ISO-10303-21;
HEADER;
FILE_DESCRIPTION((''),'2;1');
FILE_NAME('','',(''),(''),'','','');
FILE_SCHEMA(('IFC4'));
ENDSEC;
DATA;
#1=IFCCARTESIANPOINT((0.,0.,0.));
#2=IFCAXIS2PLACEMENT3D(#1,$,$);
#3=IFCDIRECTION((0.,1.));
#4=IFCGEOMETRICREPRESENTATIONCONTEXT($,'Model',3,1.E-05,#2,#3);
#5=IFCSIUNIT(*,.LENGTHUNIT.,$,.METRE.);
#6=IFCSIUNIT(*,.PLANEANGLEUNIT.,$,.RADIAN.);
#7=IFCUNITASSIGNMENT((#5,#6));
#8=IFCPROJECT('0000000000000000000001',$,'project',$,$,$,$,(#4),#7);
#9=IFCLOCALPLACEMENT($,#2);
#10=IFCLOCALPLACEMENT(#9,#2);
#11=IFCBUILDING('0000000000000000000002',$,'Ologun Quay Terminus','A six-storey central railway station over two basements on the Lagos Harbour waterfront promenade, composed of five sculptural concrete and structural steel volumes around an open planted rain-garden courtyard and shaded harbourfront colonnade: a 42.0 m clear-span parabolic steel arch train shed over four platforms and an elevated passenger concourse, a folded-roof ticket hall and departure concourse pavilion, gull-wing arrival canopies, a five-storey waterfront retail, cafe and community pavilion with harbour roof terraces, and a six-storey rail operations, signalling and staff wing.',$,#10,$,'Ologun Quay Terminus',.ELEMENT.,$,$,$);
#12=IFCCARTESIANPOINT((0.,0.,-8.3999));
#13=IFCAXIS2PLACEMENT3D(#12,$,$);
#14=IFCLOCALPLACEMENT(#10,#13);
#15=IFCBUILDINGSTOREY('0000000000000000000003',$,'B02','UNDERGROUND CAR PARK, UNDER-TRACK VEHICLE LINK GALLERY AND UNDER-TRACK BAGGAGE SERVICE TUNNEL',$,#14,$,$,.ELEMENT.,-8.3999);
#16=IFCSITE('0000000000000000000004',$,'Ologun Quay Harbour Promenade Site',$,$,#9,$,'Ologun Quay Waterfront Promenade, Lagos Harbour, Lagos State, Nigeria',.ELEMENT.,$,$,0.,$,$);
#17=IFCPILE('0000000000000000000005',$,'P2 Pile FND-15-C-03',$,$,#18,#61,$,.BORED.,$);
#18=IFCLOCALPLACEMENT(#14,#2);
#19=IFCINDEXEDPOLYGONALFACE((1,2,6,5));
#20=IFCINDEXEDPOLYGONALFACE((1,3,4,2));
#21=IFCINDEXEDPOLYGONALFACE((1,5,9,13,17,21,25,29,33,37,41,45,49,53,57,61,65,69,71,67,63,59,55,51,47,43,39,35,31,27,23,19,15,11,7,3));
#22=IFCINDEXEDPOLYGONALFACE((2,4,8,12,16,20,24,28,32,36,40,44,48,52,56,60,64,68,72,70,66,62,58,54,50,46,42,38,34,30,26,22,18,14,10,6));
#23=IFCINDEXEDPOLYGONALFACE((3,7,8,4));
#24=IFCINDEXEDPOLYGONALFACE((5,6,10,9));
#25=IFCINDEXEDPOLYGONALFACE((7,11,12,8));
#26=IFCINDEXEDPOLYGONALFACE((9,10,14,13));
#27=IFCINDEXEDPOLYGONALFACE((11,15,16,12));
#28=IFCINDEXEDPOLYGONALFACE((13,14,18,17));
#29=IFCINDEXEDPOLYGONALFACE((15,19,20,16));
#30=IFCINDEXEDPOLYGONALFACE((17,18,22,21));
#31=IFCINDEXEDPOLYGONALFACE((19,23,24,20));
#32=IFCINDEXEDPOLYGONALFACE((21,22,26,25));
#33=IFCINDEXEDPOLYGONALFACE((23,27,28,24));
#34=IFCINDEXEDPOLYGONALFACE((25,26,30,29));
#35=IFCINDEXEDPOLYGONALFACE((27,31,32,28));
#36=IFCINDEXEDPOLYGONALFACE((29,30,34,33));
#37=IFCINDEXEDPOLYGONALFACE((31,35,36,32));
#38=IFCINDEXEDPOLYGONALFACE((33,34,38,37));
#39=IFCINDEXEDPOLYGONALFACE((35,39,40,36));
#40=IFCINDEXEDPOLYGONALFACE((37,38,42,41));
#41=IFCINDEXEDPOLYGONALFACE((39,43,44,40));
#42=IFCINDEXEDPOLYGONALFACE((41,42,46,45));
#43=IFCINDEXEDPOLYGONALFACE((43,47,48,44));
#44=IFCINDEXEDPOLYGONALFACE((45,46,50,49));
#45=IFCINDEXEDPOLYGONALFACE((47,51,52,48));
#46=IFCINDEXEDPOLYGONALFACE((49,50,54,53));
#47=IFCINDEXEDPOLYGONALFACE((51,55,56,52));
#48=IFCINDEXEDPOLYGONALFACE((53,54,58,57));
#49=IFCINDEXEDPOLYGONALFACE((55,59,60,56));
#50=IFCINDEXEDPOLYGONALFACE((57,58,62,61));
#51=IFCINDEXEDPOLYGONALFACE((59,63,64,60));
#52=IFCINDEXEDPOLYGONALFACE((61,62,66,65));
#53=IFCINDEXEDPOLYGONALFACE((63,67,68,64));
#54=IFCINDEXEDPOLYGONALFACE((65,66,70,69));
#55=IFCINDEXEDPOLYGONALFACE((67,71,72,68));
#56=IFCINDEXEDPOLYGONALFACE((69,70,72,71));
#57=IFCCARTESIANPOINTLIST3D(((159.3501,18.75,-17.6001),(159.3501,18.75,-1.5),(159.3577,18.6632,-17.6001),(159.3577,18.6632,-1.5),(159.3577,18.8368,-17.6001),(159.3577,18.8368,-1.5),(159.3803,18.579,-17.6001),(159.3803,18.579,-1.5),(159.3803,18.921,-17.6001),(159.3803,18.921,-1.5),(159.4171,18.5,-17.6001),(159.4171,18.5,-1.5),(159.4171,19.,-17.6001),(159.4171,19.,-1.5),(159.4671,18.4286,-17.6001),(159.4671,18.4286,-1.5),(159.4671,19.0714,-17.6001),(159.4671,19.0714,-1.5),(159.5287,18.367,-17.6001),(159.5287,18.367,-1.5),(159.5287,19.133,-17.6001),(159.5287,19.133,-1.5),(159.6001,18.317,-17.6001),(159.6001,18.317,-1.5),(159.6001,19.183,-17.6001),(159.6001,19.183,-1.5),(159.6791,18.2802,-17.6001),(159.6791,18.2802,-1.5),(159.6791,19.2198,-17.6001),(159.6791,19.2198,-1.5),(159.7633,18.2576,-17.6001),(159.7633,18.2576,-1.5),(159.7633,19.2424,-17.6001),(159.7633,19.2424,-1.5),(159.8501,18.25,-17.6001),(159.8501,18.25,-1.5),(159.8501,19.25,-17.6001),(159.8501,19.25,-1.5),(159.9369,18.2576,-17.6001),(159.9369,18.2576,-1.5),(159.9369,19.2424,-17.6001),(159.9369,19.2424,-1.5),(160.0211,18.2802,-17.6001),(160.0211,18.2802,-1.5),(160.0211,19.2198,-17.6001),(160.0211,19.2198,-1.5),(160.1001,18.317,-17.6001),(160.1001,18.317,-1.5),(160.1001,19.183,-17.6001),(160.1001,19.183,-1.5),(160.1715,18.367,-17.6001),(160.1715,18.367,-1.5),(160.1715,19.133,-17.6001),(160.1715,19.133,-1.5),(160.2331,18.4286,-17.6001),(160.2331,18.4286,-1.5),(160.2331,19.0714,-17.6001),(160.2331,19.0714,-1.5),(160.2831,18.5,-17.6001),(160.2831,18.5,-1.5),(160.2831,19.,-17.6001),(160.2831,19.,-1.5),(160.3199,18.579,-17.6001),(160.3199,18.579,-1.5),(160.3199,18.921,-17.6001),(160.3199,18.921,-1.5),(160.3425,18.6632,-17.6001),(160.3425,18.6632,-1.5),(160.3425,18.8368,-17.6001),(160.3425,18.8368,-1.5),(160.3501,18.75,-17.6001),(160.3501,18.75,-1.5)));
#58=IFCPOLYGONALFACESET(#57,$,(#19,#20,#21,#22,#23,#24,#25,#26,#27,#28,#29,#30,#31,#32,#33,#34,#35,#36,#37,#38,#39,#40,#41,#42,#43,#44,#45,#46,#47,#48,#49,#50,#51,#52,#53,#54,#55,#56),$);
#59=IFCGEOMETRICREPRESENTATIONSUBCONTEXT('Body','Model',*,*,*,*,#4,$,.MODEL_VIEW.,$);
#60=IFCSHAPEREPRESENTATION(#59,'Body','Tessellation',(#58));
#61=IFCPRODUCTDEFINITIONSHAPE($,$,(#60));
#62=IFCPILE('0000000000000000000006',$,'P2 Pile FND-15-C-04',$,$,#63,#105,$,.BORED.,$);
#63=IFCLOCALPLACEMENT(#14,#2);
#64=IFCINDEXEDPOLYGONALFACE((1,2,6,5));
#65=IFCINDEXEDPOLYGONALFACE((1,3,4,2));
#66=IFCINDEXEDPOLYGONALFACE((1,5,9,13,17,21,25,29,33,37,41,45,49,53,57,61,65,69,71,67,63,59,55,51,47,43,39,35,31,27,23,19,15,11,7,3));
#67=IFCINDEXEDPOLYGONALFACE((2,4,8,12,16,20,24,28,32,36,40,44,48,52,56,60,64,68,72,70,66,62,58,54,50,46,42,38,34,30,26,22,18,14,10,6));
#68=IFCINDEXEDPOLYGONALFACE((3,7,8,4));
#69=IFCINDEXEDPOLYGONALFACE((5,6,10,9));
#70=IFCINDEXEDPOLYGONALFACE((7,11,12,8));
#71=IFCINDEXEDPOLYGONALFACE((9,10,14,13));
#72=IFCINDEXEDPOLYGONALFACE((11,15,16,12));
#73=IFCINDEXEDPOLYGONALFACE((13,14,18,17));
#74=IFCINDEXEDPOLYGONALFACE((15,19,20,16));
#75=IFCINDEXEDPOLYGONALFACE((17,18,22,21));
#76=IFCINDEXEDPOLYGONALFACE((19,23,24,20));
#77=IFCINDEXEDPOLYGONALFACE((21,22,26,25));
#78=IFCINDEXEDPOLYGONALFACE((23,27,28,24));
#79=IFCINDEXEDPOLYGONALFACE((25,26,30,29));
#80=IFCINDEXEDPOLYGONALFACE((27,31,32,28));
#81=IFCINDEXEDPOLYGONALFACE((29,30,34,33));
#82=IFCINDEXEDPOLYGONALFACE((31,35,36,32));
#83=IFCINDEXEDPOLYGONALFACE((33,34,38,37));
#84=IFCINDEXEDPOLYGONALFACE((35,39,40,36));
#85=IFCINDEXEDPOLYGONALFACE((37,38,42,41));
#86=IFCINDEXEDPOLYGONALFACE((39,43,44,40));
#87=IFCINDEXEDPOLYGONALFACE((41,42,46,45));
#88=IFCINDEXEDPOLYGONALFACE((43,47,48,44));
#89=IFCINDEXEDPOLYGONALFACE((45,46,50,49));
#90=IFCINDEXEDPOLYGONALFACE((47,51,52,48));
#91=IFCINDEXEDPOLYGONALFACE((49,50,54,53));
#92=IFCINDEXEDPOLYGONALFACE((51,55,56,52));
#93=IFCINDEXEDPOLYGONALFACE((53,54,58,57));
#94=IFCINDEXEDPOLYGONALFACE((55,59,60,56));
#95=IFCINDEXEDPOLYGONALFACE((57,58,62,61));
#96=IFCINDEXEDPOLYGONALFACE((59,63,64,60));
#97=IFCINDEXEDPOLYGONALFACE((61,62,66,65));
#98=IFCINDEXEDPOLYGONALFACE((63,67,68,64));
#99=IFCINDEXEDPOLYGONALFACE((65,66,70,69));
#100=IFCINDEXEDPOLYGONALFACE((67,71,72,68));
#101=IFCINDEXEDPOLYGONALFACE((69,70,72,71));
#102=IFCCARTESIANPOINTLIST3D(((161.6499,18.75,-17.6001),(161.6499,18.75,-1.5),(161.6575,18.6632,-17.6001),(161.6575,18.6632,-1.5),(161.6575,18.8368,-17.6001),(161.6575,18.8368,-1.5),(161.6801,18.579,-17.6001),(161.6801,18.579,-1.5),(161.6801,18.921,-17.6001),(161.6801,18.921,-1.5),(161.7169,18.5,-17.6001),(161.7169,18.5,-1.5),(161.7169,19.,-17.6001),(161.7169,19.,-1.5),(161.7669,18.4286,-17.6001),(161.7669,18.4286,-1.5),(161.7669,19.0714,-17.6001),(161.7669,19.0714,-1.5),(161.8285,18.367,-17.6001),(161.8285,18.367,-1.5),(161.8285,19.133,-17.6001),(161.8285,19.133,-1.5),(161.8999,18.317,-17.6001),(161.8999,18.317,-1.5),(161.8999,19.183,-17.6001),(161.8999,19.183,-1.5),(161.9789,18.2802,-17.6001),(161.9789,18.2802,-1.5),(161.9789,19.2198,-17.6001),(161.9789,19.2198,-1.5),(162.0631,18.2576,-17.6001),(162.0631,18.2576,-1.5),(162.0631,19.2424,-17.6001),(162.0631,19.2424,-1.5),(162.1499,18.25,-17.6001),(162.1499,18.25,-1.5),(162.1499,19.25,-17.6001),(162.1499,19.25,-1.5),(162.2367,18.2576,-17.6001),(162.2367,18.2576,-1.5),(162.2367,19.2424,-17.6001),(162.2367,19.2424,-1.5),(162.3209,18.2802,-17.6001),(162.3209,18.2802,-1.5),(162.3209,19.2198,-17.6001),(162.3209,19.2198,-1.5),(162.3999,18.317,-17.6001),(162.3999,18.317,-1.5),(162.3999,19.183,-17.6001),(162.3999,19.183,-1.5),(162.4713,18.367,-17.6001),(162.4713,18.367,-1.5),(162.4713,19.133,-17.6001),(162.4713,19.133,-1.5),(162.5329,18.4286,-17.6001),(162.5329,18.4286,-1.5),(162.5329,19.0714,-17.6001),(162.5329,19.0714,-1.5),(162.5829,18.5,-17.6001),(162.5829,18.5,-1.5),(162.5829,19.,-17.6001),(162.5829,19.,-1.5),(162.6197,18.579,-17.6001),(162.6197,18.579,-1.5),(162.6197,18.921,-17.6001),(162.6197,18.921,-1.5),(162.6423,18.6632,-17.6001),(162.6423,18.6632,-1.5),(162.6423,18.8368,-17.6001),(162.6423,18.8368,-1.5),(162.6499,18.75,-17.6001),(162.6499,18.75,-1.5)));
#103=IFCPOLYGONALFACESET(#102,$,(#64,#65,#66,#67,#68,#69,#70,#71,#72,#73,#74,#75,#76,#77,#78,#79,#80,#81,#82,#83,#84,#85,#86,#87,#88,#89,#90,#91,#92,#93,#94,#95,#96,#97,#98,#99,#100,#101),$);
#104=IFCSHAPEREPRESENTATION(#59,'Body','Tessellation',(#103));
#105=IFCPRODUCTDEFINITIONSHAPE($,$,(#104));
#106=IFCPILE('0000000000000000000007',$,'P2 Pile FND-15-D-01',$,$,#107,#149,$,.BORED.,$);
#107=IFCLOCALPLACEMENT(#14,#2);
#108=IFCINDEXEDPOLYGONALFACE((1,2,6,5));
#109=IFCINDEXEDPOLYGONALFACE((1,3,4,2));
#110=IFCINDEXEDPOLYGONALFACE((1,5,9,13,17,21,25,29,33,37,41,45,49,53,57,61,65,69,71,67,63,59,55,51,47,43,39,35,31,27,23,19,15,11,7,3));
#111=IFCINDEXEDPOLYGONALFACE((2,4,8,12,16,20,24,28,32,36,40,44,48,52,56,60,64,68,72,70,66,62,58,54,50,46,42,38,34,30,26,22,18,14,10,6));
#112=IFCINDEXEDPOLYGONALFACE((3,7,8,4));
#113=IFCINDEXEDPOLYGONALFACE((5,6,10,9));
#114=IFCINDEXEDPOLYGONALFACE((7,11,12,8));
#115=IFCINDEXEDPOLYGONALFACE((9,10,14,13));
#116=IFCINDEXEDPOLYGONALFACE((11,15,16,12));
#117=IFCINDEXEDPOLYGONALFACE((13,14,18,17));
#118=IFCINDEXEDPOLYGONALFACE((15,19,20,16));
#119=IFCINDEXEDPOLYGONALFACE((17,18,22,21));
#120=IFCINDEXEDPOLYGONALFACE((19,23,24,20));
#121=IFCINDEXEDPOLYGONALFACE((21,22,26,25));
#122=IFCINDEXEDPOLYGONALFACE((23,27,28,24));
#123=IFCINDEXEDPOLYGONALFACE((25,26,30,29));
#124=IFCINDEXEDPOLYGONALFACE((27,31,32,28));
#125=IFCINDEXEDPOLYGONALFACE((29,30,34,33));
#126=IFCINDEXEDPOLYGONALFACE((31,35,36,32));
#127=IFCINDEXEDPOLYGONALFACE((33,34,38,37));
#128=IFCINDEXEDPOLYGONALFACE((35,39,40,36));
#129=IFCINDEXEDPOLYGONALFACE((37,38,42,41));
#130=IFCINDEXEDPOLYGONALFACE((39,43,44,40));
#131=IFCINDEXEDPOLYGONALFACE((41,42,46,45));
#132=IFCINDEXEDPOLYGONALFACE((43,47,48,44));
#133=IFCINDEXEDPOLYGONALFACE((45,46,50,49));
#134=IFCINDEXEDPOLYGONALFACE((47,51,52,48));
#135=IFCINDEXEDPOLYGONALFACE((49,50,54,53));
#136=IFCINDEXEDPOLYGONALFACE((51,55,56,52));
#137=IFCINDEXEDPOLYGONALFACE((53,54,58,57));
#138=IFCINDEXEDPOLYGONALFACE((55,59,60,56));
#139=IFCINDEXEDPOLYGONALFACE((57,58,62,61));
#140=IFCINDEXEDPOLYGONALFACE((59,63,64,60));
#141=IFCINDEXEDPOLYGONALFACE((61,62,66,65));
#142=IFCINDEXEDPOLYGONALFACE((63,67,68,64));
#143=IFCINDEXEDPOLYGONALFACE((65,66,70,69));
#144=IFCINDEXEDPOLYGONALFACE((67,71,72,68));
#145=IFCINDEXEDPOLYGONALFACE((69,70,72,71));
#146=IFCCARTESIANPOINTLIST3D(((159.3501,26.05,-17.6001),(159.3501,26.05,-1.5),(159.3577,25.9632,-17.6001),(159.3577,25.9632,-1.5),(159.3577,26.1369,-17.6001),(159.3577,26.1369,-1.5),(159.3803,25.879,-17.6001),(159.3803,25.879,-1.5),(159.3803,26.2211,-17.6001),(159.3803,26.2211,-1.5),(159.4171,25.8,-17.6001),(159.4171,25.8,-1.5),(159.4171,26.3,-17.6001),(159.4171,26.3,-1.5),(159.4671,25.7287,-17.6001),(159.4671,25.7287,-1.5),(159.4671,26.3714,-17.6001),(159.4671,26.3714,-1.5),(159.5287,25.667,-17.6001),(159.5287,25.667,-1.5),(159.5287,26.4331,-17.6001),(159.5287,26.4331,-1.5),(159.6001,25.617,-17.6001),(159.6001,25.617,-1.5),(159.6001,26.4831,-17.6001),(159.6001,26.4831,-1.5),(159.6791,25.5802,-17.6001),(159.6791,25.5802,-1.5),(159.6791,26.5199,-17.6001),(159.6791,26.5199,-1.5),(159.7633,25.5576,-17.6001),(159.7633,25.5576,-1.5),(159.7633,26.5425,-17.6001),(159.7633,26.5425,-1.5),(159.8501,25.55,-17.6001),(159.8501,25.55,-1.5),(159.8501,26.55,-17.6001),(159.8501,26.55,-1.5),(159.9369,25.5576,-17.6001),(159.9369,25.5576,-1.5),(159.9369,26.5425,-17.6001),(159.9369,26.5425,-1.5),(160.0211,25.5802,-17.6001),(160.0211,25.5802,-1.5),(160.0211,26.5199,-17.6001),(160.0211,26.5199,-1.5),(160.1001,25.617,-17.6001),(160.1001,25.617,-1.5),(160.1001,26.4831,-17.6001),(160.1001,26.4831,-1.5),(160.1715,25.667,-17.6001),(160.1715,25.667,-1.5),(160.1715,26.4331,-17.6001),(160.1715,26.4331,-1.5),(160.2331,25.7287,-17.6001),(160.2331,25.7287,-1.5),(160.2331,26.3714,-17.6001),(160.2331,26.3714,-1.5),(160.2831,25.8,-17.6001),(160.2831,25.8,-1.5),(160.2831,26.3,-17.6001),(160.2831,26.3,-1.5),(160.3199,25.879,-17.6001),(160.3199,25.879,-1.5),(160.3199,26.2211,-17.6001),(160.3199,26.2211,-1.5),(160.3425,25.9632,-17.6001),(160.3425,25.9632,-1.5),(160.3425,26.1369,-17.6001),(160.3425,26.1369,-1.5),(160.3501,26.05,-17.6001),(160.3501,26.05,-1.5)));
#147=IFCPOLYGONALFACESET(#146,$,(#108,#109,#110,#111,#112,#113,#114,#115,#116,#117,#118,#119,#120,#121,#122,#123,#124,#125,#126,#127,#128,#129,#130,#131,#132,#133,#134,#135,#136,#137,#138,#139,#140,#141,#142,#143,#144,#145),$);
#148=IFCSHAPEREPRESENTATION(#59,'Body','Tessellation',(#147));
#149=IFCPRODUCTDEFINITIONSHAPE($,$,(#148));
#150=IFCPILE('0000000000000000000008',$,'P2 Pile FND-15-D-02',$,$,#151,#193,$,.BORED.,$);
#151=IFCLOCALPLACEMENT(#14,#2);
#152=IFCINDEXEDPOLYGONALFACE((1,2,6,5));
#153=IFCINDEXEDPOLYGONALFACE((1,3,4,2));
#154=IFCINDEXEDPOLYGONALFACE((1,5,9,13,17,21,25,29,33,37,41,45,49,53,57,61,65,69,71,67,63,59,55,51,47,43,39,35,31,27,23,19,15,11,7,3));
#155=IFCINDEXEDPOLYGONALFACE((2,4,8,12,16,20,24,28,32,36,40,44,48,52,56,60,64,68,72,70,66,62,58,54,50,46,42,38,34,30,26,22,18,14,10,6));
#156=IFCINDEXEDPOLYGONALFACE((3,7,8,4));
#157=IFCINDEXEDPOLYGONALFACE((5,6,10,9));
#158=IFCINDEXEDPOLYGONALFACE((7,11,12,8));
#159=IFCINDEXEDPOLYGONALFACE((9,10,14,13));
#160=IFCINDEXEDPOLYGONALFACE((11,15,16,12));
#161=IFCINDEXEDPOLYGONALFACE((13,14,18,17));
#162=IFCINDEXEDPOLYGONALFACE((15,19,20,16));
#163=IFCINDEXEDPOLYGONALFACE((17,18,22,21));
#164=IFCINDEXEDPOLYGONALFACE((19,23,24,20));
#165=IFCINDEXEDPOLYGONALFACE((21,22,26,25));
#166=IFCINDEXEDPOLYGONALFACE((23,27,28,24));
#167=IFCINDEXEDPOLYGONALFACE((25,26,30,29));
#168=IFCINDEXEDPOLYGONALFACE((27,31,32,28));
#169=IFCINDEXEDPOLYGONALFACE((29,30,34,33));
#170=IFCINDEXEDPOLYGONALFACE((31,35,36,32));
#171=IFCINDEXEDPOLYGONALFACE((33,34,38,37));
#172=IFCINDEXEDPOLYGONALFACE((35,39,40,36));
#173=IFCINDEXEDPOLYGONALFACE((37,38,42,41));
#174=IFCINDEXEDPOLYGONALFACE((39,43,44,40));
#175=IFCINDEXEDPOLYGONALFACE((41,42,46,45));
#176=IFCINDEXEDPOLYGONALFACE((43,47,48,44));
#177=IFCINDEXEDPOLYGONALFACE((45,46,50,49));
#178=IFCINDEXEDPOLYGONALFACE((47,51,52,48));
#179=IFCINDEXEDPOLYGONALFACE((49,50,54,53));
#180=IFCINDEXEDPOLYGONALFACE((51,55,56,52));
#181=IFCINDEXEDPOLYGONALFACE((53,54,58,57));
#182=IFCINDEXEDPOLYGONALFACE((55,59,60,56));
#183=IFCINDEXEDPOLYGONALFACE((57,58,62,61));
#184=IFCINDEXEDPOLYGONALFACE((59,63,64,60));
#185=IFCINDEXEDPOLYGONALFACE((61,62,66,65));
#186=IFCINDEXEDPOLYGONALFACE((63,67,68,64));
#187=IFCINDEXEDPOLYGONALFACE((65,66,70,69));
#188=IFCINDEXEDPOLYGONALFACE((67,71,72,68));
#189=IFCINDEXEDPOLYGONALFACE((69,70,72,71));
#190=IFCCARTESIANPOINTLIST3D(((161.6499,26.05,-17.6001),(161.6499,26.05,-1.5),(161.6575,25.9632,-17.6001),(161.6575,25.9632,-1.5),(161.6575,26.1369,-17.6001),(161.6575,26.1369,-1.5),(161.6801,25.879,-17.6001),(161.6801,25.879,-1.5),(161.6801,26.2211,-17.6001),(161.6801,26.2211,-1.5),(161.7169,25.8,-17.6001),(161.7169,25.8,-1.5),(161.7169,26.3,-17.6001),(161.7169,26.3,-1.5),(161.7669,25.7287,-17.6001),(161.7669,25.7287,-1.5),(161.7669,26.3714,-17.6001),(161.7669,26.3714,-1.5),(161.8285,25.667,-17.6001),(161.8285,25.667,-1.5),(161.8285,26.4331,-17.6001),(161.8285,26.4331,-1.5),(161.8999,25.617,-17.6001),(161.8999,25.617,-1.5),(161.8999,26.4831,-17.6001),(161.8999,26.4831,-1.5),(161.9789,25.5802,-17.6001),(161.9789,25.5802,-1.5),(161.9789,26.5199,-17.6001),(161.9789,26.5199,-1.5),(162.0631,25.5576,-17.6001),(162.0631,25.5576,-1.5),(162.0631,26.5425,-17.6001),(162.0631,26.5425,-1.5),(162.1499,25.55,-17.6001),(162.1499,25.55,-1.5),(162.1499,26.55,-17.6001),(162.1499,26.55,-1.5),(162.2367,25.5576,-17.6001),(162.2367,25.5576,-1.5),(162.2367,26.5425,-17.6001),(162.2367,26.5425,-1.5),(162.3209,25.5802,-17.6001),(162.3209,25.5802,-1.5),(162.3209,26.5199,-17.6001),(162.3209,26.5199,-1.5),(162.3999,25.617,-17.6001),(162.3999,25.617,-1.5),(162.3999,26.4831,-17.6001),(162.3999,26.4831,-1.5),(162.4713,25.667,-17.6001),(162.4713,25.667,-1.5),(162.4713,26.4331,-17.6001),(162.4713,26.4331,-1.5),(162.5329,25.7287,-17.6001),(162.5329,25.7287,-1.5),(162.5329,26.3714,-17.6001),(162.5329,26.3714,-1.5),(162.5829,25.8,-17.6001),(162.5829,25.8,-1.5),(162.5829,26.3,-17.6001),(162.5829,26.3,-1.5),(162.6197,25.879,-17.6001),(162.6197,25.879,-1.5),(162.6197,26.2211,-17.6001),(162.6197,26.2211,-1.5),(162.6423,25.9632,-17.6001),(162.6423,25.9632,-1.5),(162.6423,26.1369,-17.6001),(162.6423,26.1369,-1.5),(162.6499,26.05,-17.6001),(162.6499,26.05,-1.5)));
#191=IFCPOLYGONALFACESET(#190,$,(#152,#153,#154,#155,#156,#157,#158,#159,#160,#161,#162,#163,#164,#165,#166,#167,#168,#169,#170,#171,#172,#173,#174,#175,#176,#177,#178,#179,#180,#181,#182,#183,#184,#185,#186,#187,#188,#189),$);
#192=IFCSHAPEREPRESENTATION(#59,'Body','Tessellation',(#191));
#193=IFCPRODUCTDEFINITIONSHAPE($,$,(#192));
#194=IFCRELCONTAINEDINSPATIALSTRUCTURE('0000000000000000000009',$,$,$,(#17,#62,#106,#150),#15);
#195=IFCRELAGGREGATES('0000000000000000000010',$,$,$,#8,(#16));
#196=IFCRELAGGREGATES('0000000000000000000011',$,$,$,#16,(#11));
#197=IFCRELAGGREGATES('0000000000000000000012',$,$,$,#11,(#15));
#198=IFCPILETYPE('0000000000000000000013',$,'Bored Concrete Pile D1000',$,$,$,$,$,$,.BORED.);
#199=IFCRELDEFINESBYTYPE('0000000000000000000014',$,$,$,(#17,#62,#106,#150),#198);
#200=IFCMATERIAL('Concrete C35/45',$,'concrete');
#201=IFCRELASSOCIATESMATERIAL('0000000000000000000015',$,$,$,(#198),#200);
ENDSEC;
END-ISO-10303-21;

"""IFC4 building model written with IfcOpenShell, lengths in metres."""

from ifc_helpers import new_model, si_unit, direction, frame, origin, origin_2d, place, context, subcontext, project, spatial, circle, extrude, material, material_profile, profile_set, type_object, element, save


model = new_model("IFC4")

# Units and contexts
model_context = context("Model", 3, precision=1e-05, world=origin(), true_north=direction((0.0, 1.0)))
body_context = subcontext(model_context, "Body", "Model", "MODEL_VIEW")
ifc_project = project(units=[si_unit("LENGTHUNIT", "METRE"), si_unit("PLANEANGLEUNIT", "RADIAN")], contexts=[model_context])

# Site, building, storey
site_placement = place(None, origin())
site = spatial("IfcSite", under=ifc_project, at=site_placement, Name="Ologun Quay Harbour Promenade Site", LongName="Ologun Quay Waterfront Promenade, Lagos Harbour, Lagos State, Nigeria", CompositionType="ELEMENT", RefElevation=0.0)
building_placement = place(site_placement, origin())
building = spatial("IfcBuilding", under=site, at=building_placement, Name="Ologun Quay Terminus", Description="A six-storey central railway station over two basements on the Lagos Harbour waterfront promenade, composed of five sculptural concrete and structural steel volumes around an open planted rain-garden courtyard and shaded harbourfront colonnade: a 42.0 m clear-span parabolic steel arch train shed over four platforms and an elevated passenger concourse, a folded-roof ticket hall and departure concourse pavilion, gull-wing arrival canopies, a five-storey waterfront retail, cafe and community pavilion with harbour roof terraces, and a six-storey rail operations, signalling and staff wing.", LongName="Ologun Quay Terminus", CompositionType="ELEMENT")
storey_placement = place(building_placement, frame((0.0, 0.0, -8.3999)))
storey = spatial("IfcBuildingStorey", under=building, at=storey_placement, Name="B02", Description="UNDERGROUND CAR PARK, UNDER-TRACK VEHICLE LINK GALLERY AND UNDER-TRACK BAGGAGE SERVICE TUNNEL", CompositionType="ELEMENT", Elevation=-8.3999)

# Piles
ifc_material_1 = material(Name="Concrete C35/45", Category="concrete")
ifc_material_profile_1 = material_profile(ifc_material_1, circle(Radius=0.5, at=origin_2d()), Name="PILE D1000")
ifc_profile_set_1 = profile_set([ifc_material_profile_1], Name="Concrete C35/45")
pile_type_1 = type_object("IfcPileType", Name="Bored Concrete Pile D1000", PredefinedType="BORED", material=ifc_profile_set_1)
for number, where, z_axis, x_axis, name in (
    (1, (159.8501, 18.75, -1.5), (0.0, 0.0, -1.0), (1.0, 0.0, 0.0), "P2 Pile FND-15-C-03"),
    (2, (162.1499, 18.75, -1.5), (0.0, 0.0, -1.0), (1.0, 0.0, 0.0), "P2 Pile FND-15-C-04"),
    (3, (159.8501, 26.05, -1.5), (0.0, 0.0, -1.0), (1.0, 0.0, 0.0), "P2 Pile FND-15-D-01"),
    (4, (162.1499, 26.05, -1.5), (0.0, 0.0, -1.0), (1.0, 0.0, 0.0), "P2 Pile FND-15-D-02"),
):
    element("IfcPile", number, at=place(storey_placement, frame(where, z_axis=z_axis, x_axis=x_axis)), inside=storey, type_object=pile_type_1, Name=name, PredefinedType="BORED", context=body_context, shape_type="SweptSolid", body=[
        extrude(circle(Radius=0.5, at=origin_2d()), origin(), (0.0, 0.0, 1.0), 16.1001),
    ])

save(model, "model.ifc")
